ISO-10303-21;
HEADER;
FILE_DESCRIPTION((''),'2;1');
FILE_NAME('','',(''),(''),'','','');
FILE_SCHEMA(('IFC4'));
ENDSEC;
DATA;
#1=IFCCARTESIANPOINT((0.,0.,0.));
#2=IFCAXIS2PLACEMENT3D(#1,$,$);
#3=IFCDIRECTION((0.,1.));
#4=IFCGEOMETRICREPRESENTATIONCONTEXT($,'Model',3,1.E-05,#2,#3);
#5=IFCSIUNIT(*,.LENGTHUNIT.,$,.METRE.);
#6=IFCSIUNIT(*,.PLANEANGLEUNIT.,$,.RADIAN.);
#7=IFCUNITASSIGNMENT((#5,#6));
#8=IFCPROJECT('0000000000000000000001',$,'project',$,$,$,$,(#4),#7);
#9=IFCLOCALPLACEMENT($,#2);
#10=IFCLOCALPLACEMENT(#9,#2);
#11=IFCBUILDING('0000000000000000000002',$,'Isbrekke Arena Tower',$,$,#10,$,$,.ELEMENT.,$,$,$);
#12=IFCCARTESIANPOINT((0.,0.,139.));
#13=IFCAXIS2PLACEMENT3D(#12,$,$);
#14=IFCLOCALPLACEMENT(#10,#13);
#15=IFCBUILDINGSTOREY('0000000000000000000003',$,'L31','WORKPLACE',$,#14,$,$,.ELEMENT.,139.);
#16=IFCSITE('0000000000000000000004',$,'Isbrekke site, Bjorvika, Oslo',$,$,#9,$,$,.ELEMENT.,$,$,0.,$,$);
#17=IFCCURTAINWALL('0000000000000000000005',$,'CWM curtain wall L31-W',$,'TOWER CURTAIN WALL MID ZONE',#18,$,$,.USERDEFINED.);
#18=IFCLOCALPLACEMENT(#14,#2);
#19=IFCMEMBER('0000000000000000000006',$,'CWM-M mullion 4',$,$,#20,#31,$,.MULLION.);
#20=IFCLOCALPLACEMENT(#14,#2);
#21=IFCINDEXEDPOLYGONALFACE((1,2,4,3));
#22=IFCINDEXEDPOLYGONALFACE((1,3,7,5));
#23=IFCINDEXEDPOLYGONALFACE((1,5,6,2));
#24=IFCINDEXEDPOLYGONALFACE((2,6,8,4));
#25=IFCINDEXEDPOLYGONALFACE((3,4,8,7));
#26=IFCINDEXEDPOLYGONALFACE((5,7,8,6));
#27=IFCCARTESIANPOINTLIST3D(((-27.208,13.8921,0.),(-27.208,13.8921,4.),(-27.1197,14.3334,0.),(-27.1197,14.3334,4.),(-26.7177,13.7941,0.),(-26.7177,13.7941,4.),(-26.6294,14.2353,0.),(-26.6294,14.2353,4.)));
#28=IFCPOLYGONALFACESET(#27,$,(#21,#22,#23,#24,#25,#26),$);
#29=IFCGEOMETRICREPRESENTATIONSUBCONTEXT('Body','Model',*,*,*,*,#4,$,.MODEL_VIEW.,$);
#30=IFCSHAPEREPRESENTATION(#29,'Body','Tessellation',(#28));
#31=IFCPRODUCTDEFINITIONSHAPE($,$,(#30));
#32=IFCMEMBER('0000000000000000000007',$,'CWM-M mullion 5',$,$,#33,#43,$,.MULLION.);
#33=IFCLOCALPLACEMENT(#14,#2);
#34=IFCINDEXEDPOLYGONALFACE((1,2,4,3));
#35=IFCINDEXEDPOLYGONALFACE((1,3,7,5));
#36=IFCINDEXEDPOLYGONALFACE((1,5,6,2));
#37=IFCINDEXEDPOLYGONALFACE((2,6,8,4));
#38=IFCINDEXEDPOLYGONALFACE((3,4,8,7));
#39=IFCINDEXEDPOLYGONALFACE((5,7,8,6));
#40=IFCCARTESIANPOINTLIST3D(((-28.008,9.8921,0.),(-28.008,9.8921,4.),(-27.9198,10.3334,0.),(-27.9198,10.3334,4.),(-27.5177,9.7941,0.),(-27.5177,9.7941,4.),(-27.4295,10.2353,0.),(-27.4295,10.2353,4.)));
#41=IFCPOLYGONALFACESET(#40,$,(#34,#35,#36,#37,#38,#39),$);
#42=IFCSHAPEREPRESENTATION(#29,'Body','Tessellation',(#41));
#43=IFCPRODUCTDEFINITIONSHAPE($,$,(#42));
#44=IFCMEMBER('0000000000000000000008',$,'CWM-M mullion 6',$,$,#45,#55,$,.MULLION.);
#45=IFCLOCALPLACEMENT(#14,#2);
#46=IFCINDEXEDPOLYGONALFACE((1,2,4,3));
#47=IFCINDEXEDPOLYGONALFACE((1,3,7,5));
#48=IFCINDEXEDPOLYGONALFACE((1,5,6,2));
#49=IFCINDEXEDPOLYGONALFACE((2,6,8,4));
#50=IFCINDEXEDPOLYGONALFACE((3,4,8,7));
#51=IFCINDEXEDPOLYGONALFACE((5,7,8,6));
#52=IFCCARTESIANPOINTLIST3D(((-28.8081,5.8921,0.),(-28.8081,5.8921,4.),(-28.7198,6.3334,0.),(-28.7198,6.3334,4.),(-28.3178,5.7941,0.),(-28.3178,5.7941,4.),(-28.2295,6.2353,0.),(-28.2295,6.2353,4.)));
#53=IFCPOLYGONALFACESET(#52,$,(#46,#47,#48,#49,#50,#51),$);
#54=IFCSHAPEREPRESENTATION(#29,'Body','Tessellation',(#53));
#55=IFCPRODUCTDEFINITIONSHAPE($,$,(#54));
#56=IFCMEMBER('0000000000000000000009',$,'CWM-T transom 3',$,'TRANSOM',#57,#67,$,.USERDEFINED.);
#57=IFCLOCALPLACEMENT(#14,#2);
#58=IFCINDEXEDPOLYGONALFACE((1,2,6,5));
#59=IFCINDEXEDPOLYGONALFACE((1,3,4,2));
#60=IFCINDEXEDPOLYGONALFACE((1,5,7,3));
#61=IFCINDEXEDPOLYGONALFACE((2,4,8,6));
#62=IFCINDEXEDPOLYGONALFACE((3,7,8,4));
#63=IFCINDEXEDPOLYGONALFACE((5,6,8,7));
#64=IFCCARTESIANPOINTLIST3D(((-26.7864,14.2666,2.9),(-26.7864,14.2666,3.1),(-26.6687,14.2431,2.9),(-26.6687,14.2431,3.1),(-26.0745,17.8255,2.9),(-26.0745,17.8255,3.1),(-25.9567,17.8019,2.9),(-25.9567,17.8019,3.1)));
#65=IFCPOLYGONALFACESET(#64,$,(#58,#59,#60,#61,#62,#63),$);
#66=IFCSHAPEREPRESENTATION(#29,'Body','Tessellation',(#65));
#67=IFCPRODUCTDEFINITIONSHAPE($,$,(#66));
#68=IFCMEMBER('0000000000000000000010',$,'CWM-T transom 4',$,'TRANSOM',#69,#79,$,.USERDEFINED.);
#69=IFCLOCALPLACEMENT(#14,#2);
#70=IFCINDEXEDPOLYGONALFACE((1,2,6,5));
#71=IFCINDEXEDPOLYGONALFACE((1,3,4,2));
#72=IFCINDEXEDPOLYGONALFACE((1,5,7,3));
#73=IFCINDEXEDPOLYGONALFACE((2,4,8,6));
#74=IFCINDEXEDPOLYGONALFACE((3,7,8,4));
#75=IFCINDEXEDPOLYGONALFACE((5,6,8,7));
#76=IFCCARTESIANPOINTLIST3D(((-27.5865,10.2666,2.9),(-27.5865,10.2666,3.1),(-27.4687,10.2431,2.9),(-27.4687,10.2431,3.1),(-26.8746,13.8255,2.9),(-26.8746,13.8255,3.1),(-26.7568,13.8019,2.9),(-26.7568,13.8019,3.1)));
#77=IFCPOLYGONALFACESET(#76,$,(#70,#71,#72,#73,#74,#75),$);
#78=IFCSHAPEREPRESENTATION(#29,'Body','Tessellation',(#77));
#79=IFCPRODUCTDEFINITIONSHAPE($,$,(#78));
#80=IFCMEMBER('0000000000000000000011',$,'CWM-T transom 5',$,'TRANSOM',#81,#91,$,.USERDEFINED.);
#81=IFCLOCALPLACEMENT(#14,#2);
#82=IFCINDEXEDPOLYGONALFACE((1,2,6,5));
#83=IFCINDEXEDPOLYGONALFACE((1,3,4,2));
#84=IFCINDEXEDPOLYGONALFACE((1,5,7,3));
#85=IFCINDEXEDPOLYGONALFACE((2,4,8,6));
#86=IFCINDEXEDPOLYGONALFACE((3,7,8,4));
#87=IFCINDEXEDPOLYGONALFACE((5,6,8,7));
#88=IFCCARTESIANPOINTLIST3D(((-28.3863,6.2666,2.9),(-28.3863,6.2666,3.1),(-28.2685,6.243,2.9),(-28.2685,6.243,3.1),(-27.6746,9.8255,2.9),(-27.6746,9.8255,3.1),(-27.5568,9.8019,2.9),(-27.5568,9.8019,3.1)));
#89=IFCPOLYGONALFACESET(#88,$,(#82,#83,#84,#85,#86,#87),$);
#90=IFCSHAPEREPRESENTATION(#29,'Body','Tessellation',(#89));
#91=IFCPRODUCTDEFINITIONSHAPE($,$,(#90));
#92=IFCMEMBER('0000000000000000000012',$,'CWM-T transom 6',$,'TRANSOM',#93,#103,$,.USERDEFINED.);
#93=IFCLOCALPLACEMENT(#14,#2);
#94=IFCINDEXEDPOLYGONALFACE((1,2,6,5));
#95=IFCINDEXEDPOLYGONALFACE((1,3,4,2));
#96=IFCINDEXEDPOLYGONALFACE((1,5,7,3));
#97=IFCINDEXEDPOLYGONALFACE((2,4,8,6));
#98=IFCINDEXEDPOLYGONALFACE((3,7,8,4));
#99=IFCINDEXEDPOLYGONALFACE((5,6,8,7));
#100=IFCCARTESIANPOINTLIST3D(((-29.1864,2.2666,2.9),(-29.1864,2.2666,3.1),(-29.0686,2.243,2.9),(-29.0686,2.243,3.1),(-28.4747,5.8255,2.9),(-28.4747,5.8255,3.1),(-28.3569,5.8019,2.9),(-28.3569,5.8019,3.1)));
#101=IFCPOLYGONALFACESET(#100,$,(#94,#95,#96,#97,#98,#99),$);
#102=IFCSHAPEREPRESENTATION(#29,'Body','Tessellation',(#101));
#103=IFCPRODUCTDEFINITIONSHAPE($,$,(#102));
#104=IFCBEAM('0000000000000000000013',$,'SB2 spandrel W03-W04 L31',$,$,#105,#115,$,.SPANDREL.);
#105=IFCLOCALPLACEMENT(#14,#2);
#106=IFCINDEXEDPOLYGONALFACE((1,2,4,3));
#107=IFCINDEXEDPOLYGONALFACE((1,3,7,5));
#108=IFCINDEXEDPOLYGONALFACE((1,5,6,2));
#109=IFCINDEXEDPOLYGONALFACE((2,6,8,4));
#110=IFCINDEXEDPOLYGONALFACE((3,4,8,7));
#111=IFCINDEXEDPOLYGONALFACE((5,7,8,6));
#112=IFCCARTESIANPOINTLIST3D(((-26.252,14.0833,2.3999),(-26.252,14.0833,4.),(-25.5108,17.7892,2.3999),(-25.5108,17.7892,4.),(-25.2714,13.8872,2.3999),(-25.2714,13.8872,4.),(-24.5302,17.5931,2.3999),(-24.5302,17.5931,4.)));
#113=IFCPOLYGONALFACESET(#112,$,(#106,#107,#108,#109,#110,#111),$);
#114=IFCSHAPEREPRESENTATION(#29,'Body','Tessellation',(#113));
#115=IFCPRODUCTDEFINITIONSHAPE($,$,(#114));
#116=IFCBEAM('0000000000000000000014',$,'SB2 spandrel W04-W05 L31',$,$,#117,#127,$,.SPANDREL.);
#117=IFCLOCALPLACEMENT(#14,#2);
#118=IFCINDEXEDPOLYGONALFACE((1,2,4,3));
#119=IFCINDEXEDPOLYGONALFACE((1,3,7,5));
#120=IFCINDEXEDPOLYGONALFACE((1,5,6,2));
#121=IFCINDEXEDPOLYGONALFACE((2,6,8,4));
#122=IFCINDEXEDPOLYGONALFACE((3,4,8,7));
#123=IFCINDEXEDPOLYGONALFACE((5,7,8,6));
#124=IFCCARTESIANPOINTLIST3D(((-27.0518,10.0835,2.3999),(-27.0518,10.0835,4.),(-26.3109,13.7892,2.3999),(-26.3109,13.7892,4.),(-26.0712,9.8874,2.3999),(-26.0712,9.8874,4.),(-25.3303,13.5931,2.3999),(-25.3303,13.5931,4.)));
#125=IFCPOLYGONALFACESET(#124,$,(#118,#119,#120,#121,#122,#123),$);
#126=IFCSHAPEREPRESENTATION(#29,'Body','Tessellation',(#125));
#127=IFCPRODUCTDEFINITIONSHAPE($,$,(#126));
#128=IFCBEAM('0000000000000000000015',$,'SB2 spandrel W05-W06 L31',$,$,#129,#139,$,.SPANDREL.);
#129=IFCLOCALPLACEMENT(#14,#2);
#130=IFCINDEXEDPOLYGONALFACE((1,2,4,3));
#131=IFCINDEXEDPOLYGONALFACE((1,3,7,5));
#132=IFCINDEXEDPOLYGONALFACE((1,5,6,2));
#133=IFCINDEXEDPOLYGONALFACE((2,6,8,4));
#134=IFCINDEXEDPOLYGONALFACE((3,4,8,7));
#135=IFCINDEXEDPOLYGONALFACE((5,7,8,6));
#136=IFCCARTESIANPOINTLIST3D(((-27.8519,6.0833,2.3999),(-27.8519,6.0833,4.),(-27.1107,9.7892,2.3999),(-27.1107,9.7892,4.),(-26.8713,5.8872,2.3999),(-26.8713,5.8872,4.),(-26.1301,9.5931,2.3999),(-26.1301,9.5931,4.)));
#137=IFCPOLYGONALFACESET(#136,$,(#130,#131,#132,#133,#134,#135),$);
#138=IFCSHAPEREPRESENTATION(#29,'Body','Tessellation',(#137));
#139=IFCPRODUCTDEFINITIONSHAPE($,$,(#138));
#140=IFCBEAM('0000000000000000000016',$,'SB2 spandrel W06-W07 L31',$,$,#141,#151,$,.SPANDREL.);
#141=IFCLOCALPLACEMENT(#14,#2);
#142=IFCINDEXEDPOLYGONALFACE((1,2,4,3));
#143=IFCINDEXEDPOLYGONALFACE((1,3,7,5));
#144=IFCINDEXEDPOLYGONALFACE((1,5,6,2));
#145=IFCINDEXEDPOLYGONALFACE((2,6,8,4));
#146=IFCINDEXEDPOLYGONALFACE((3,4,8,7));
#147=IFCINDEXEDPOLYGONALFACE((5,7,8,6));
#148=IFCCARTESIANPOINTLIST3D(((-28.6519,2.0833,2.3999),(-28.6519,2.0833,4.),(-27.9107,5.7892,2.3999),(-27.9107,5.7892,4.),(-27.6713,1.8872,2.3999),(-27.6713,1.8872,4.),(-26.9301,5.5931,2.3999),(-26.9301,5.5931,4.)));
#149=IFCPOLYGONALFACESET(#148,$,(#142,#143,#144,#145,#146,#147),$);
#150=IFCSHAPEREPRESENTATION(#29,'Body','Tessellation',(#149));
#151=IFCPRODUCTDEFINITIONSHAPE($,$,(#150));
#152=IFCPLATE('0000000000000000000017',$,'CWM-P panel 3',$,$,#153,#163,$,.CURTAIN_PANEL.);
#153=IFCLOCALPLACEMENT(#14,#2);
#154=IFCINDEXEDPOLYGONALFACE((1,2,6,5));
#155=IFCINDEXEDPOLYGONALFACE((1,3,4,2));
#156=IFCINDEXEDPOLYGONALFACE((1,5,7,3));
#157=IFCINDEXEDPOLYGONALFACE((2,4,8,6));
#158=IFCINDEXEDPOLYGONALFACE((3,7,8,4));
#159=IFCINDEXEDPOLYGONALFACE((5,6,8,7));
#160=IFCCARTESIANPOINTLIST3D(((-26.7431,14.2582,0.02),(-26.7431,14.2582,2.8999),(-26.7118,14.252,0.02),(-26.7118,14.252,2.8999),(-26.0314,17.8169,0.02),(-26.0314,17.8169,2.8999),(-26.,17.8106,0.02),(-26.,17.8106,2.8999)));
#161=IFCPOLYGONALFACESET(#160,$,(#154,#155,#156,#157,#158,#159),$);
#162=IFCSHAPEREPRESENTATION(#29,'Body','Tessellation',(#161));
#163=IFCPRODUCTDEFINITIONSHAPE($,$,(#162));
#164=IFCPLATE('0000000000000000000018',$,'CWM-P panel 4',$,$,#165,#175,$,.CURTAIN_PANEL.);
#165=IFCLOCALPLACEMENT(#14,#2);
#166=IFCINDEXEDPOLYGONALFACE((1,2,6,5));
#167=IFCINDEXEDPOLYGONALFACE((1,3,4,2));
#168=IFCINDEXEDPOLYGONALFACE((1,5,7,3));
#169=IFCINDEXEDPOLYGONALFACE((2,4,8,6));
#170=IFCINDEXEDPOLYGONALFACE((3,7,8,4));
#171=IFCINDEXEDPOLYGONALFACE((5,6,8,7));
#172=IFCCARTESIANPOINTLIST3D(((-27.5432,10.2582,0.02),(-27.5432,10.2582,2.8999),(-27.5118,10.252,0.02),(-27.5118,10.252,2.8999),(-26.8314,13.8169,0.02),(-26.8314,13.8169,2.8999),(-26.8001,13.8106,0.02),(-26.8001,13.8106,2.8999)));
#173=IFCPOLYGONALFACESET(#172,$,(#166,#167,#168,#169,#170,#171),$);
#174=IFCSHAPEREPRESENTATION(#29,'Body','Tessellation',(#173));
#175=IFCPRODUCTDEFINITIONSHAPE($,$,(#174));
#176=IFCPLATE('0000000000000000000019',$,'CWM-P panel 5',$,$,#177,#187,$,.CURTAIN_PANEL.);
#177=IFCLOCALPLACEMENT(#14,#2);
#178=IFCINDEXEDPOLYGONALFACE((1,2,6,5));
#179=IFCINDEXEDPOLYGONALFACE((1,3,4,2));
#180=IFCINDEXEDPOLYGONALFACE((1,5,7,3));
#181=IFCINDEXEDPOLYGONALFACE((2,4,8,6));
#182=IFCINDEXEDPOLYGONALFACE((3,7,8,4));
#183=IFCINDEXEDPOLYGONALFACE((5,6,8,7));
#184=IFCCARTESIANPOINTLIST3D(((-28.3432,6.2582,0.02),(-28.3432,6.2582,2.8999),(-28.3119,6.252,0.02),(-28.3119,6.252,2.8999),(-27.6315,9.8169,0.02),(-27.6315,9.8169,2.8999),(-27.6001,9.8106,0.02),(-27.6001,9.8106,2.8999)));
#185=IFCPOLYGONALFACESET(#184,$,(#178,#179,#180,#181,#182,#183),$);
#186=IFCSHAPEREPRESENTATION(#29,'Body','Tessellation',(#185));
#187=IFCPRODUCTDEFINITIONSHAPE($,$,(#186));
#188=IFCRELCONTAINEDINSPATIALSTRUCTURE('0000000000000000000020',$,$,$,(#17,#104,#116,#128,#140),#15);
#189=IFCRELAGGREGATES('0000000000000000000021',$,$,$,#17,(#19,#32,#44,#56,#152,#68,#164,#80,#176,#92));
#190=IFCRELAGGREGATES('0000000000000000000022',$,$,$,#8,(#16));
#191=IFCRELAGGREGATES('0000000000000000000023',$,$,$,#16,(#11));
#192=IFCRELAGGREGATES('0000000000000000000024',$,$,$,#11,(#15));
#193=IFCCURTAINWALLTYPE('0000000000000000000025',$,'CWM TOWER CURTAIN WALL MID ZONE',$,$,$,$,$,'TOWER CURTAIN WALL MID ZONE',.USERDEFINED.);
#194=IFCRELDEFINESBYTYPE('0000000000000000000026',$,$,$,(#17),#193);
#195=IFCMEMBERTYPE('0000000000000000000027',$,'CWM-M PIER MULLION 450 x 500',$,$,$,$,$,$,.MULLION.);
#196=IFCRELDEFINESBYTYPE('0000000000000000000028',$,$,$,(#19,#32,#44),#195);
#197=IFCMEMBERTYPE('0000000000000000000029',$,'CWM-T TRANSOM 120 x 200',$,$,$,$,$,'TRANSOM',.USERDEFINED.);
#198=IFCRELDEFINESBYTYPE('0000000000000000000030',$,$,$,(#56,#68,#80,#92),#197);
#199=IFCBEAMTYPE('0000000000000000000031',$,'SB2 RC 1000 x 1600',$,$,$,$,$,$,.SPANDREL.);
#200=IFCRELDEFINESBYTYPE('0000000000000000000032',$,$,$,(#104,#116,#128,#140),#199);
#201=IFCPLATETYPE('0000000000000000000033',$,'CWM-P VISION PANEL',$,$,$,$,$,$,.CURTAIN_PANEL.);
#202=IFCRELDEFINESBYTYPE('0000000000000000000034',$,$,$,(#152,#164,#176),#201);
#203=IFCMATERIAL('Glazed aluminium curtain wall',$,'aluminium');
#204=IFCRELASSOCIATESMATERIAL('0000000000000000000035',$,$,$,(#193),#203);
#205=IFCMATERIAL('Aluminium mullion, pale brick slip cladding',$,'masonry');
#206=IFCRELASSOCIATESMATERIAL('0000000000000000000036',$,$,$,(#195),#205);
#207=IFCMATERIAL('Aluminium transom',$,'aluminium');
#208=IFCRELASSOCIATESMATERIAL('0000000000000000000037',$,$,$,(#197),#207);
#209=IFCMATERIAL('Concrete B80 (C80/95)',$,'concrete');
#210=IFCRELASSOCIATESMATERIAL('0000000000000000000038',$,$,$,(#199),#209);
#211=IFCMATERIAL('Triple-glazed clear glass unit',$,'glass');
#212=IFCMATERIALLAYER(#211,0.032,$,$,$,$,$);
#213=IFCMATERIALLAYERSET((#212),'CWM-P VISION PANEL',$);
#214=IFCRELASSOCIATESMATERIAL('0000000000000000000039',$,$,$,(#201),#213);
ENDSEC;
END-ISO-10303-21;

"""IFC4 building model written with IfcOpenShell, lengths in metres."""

from ifc_helpers import new_model, si_unit, direction, frame, origin, origin_2d, place, context, subcontext, project, spatial, rectangle, extrude, material, layer, layer_set, material_profile, profile_set, type_object, element, aggregate, save


model = new_model("IFC4")

# Units and contexts
model_context = context("Model", 3, precision=1e-05, world=origin(), true_north=direction((0.0, 1.0)))
body_context = subcontext(model_context, "Body", "Model", "MODEL_VIEW")
ifc_project = project(units=[si_unit("LENGTHUNIT", "METRE"), si_unit("PLANEANGLEUNIT", "RADIAN")], contexts=[model_context])

# Site, building, storey
site_placement = place(None, origin())
site = spatial("IfcSite", under=ifc_project, at=site_placement, Name="Isbrekke site, Bjorvika, Oslo", CompositionType="ELEMENT", RefElevation=0.0)
building_placement = place(site_placement, origin())
building = spatial("IfcBuilding", under=site, at=building_placement, Name="Isbrekke Arena Tower", CompositionType="ELEMENT")
storey_placement = place(building_placement, frame((0.0, 0.0, 139.0)))
storey = spatial("IfcBuildingStorey", under=building, at=storey_placement, Name="L31", Description="WORKPLACE", CompositionType="ELEMENT", Elevation=139.0)

# Curtain wall, members
ifc_material_1 = material(Name="Glazed aluminium curtain wall", Category="aluminium")
curtain_wall_type = type_object("IfcCurtainWallType", Name="CWM TOWER CURTAIN WALL MID ZONE", ElementType="TOWER CURTAIN WALL MID ZONE", PredefinedType="USERDEFINED", material=ifc_material_1)
curtain_wall_placement = place(storey_placement, origin())
curtain_wall = element("IfcCurtainWall", 1, at=curtain_wall_placement, inside=storey, type_object=curtain_wall_type, Name="CWM curtain wall L31-W", ObjectType="TOWER CURTAIN WALL MID ZONE", PredefinedType="USERDEFINED")
ifc_material_2 = material(Name="Aluminium mullion, pale brick slip cladding", Category="masonry")
ifc_material_profile_1 = material_profile(ifc_material_2, rectangle(XDim=0.45, YDim=0.5, at=origin_2d()), Name="PIER 450X500")
ifc_profile_set_1 = profile_set([ifc_material_profile_1], Name="Aluminium mullion, pale brick slip cladding")
member_type_1 = type_object("IfcMemberType", Name="CWM-M PIER MULLION 450 x 500", PredefinedType="MULLION", material=ifc_profile_set_1)
member_1_placement = place(storey_placement, frame((-26.9187, 14.0637, 0.0), z_axis=(0.0, 0.0, 1.0), x_axis=(-0.196116, -0.980581, 0.0)))
member_1 = element("IfcMember", 2, at=member_1_placement, type_object=member_type_1, Name="CWM-M mullion 4", PredefinedType="MULLION", context=body_context, shape_type="SweptSolid", body=[
    extrude(rectangle(XDim=0.45, YDim=0.5, at=origin_2d()), origin(), (0.0, 0.0, 1.0), 4.0),
])
member_2_placement = place(storey_placement, frame((-27.7188, 10.0637, 0.0), z_axis=(0.0, 0.0, 1.0), x_axis=(-0.196116, -0.980581, 0.0)))
member_2 = element("IfcMember", 3, at=member_2_placement, type_object=member_type_1, Name="CWM-M mullion 5", PredefinedType="MULLION", context=body_context, shape_type="SweptSolid", body=[
    extrude(rectangle(XDim=0.45, YDim=0.5, at=origin_2d()), origin(), (0.0, 0.0, 1.0), 4.0),
])
member_3_placement = place(storey_placement, frame((-28.5188, 6.0637, 0.0), z_axis=(0.0, 0.0, 1.0), x_axis=(-0.196116, -0.980581, 0.0)))
member_3 = element("IfcMember", 4, at=member_3_placement, type_object=member_type_1, Name="CWM-M mullion 6", PredefinedType="MULLION", context=body_context, shape_type="SweptSolid", body=[
    extrude(rectangle(XDim=0.45, YDim=0.5, at=origin_2d()), origin(), (0.0, 0.0, 1.0), 4.0),
])
ifc_material_3 = material(Name="Aluminium transom", Category="aluminium")
ifc_material_profile_2 = material_profile(ifc_material_3, rectangle(XDim=0.1201, YDim=0.2, at=origin_2d()), Name="TRANSOM 120X200")
ifc_profile_set_2 = profile_set([ifc_material_profile_2], Name="Aluminium transom")
member_type_2 = type_object("IfcMemberType", Name="CWM-T TRANSOM 120 x 200", ElementType="TRANSOM", PredefinedType="USERDEFINED", material=ifc_profile_set_2)
member_4_placement = place(storey_placement, frame((-26.0156, 17.8137, 3.0), z_axis=(-0.196155, -0.980573, 0.0), x_axis=(0.980573, -0.196155, 0.0)))
member_4 = element("IfcMember", 5, at=member_4_placement, type_object=member_type_2, Name="CWM-T transom 3", ObjectType="TRANSOM", PredefinedType="USERDEFINED", context=body_context, shape_type="SweptSolid", body=[
    extrude(rectangle(XDim=0.1201, YDim=0.2, at=origin_2d()), origin(), (0.0, 0.0, 1.0), 3.6294),
])
member_5_placement = place(storey_placement, frame((-26.8157, 13.8137, 3.0), z_axis=(-0.196155, -0.980573, 0.0), x_axis=(0.980573, -0.196155, 0.0)))
member_5 = element("IfcMember", 6, at=member_5_placement, type_object=member_type_2, Name="CWM-T transom 4", ObjectType="TRANSOM", PredefinedType="USERDEFINED", context=body_context, shape_type="SweptSolid", body=[
    extrude(rectangle(XDim=0.1201, YDim=0.2, at=origin_2d()), origin(), (0.0, 0.0, 1.0), 3.6294),
])
member_6_placement = place(storey_placement, frame((-27.6157, 9.8137, 3.0), z_axis=(-0.19609, -0.980586, 0.0), x_axis=(0.980586, -0.19609, 0.0)))
member_6 = element("IfcMember", 7, at=member_6_placement, type_object=member_type_2, Name="CWM-T transom 5", ObjectType="TRANSOM", PredefinedType="USERDEFINED", context=body_context, shape_type="SweptSolid", body=[
    extrude(rectangle(XDim=0.1201, YDim=0.2, at=origin_2d()), origin(), (0.0, 0.0, 1.0), 3.6294),
])
member_7_placement = place(storey_placement, frame((-28.4158, 5.8137, 3.0), z_axis=(-0.19609, -0.980586, 0.0), x_axis=(0.980586, -0.19609, 0.0)))
member_7 = element("IfcMember", 8, at=member_7_placement, type_object=member_type_2, Name="CWM-T transom 6", ObjectType="TRANSOM", PredefinedType="USERDEFINED", context=body_context, shape_type="SweptSolid", body=[
    extrude(rectangle(XDim=0.1201, YDim=0.2, at=origin_2d()), origin(), (0.0, 0.0, 1.0), 3.6294),
])

# Beams
ifc_material_4 = material(Name="Concrete B80 (C80/95)", Category="concrete")
ifc_material_profile_3 = material_profile(ifc_material_4, rectangle(XDim=1.0, YDim=1.6001, at=origin_2d()), Name="RC 1000x1600")
ifc_profile_set_3 = profile_set([ifc_material_profile_3], Name="Concrete B80 (C80/95)")
beam_type_1 = type_object("IfcBeamType", Name="SB2 RC 1000 x 1600", PredefinedType="SPANDREL", material=ifc_profile_set_3)
beam_1_placement = place(storey_placement, frame((-25.0205, 17.6912, 3.2), z_axis=(-0.196129, -0.980578, 0.0), x_axis=(0.980578, -0.196129, 0.0)))
element("IfcBeam", 9, at=beam_1_placement, inside=storey, type_object=beam_type_1, Name="SB2 spandrel W03-W04 L31", PredefinedType="SPANDREL", context=body_context, shape_type="SweptSolid", body=[
    extrude(rectangle(XDim=1.0, YDim=1.6001, at=origin_2d()), origin(), (0.0, 0.0, 1.0), 3.7793),
])
beam_2_placement = place(storey_placement, frame((-25.8206, 13.6912, 3.2), z_axis=(-0.196066, -0.980591, 0.0), x_axis=(0.980591, -0.196066, 0.0)))
element("IfcBeam", 10, at=beam_2_placement, inside=storey, type_object=beam_type_1, Name="SB2 spandrel W04-W05 L31", PredefinedType="SPANDREL", context=body_context, shape_type="SweptSolid", body=[
    extrude(rectangle(XDim=1.0, YDim=1.6001, at=origin_2d()), origin(), (0.0, 0.0, 1.0), 3.7791),
])
for number, where, z_axis, x_axis, name in (
    (11, (-26.6204, 9.6912, 3.2), (-0.196129, -0.980578, 0.0), (0.980578, -0.196129, 0.0), "SB2 spandrel W05-W06 L31"),
    (12, (-27.4204, 5.6912, 3.2), (-0.196129, -0.980578, 0.0), (0.980578, -0.196129, 0.0), "SB2 spandrel W06-W07 L31"),
):
    element("IfcBeam", number, at=place(storey_placement, frame(where, z_axis=z_axis, x_axis=x_axis)), inside=storey, type_object=beam_type_1, Name=name, PredefinedType="SPANDREL", context=body_context, shape_type="SweptSolid", body=[
        extrude(rectangle(XDim=1.0, YDim=1.6001, at=origin_2d()), origin(), (0.0, 0.0, 1.0), 3.7793),
    ])

# Plates
ifc_material_5 = material(Name="Triple-glazed clear glass unit", Category="glass")
ifc_layer_1 = layer(ifc_material_5, 0.032)
ifc_layer_set_1 = layer_set([ifc_layer_1], Name="CWM-P VISION PANEL")
plate_type = type_object("IfcPlateType", Name="CWM-P VISION PANEL", PredefinedType="CURTAIN_PANEL", material=ifc_layer_set_1)
plate_1_placement = place(storey_placement, frame((-26.3716, 16.0344, 0.02), z_axis=(0.0, 0.0, 1.0), x_axis=(-0.196116, -0.980581, 0.0)))
plate_1 = element("IfcPlate", 13, at=plate_1_placement, type_object=plate_type, Name="CWM-P panel 3", PredefinedType="CURTAIN_PANEL", context=body_context, shape_type="SweptSolid", body=[
    extrude(rectangle(XDim=3.6292, YDim=0.032, at=origin_2d()), origin(), (0.0, 0.0, 1.0), 2.8799),
])
plate_2_placement = place(storey_placement, frame((-27.1716, 12.0344, 0.02), z_axis=(0.0, 0.0, 1.0), x_axis=(-0.196116, -0.980581, 0.0)))
plate_2 = element("IfcPlate", 14, at=plate_2_placement, type_object=plate_type, Name="CWM-P panel 4", PredefinedType="CURTAIN_PANEL", context=body_context, shape_type="SweptSolid", body=[
    extrude(rectangle(XDim=3.6292, YDim=0.032, at=origin_2d()), origin(), (0.0, 0.0, 1.0), 2.8799),
])
plate_3_placement = place(storey_placement, frame((-27.9717, 8.0344, 0.02), z_axis=(0.0, 0.0, 1.0), x_axis=(-0.196116, -0.980581, 0.0)))
plate_3 = element("IfcPlate", 15, at=plate_3_placement, type_object=plate_type, Name="CWM-P panel 5", PredefinedType="CURTAIN_PANEL", context=body_context, shape_type="SweptSolid", body=[
    extrude(rectangle(XDim=3.6292, YDim=0.032, at=origin_2d()), origin(), (0.0, 0.0, 1.0), 2.8799),
])
aggregate(curtain_wall, [member_1, member_2, member_3, member_4, plate_1, member_5, plate_2, member_6, plate_3, member_7])

save(model, "model.ifc")
